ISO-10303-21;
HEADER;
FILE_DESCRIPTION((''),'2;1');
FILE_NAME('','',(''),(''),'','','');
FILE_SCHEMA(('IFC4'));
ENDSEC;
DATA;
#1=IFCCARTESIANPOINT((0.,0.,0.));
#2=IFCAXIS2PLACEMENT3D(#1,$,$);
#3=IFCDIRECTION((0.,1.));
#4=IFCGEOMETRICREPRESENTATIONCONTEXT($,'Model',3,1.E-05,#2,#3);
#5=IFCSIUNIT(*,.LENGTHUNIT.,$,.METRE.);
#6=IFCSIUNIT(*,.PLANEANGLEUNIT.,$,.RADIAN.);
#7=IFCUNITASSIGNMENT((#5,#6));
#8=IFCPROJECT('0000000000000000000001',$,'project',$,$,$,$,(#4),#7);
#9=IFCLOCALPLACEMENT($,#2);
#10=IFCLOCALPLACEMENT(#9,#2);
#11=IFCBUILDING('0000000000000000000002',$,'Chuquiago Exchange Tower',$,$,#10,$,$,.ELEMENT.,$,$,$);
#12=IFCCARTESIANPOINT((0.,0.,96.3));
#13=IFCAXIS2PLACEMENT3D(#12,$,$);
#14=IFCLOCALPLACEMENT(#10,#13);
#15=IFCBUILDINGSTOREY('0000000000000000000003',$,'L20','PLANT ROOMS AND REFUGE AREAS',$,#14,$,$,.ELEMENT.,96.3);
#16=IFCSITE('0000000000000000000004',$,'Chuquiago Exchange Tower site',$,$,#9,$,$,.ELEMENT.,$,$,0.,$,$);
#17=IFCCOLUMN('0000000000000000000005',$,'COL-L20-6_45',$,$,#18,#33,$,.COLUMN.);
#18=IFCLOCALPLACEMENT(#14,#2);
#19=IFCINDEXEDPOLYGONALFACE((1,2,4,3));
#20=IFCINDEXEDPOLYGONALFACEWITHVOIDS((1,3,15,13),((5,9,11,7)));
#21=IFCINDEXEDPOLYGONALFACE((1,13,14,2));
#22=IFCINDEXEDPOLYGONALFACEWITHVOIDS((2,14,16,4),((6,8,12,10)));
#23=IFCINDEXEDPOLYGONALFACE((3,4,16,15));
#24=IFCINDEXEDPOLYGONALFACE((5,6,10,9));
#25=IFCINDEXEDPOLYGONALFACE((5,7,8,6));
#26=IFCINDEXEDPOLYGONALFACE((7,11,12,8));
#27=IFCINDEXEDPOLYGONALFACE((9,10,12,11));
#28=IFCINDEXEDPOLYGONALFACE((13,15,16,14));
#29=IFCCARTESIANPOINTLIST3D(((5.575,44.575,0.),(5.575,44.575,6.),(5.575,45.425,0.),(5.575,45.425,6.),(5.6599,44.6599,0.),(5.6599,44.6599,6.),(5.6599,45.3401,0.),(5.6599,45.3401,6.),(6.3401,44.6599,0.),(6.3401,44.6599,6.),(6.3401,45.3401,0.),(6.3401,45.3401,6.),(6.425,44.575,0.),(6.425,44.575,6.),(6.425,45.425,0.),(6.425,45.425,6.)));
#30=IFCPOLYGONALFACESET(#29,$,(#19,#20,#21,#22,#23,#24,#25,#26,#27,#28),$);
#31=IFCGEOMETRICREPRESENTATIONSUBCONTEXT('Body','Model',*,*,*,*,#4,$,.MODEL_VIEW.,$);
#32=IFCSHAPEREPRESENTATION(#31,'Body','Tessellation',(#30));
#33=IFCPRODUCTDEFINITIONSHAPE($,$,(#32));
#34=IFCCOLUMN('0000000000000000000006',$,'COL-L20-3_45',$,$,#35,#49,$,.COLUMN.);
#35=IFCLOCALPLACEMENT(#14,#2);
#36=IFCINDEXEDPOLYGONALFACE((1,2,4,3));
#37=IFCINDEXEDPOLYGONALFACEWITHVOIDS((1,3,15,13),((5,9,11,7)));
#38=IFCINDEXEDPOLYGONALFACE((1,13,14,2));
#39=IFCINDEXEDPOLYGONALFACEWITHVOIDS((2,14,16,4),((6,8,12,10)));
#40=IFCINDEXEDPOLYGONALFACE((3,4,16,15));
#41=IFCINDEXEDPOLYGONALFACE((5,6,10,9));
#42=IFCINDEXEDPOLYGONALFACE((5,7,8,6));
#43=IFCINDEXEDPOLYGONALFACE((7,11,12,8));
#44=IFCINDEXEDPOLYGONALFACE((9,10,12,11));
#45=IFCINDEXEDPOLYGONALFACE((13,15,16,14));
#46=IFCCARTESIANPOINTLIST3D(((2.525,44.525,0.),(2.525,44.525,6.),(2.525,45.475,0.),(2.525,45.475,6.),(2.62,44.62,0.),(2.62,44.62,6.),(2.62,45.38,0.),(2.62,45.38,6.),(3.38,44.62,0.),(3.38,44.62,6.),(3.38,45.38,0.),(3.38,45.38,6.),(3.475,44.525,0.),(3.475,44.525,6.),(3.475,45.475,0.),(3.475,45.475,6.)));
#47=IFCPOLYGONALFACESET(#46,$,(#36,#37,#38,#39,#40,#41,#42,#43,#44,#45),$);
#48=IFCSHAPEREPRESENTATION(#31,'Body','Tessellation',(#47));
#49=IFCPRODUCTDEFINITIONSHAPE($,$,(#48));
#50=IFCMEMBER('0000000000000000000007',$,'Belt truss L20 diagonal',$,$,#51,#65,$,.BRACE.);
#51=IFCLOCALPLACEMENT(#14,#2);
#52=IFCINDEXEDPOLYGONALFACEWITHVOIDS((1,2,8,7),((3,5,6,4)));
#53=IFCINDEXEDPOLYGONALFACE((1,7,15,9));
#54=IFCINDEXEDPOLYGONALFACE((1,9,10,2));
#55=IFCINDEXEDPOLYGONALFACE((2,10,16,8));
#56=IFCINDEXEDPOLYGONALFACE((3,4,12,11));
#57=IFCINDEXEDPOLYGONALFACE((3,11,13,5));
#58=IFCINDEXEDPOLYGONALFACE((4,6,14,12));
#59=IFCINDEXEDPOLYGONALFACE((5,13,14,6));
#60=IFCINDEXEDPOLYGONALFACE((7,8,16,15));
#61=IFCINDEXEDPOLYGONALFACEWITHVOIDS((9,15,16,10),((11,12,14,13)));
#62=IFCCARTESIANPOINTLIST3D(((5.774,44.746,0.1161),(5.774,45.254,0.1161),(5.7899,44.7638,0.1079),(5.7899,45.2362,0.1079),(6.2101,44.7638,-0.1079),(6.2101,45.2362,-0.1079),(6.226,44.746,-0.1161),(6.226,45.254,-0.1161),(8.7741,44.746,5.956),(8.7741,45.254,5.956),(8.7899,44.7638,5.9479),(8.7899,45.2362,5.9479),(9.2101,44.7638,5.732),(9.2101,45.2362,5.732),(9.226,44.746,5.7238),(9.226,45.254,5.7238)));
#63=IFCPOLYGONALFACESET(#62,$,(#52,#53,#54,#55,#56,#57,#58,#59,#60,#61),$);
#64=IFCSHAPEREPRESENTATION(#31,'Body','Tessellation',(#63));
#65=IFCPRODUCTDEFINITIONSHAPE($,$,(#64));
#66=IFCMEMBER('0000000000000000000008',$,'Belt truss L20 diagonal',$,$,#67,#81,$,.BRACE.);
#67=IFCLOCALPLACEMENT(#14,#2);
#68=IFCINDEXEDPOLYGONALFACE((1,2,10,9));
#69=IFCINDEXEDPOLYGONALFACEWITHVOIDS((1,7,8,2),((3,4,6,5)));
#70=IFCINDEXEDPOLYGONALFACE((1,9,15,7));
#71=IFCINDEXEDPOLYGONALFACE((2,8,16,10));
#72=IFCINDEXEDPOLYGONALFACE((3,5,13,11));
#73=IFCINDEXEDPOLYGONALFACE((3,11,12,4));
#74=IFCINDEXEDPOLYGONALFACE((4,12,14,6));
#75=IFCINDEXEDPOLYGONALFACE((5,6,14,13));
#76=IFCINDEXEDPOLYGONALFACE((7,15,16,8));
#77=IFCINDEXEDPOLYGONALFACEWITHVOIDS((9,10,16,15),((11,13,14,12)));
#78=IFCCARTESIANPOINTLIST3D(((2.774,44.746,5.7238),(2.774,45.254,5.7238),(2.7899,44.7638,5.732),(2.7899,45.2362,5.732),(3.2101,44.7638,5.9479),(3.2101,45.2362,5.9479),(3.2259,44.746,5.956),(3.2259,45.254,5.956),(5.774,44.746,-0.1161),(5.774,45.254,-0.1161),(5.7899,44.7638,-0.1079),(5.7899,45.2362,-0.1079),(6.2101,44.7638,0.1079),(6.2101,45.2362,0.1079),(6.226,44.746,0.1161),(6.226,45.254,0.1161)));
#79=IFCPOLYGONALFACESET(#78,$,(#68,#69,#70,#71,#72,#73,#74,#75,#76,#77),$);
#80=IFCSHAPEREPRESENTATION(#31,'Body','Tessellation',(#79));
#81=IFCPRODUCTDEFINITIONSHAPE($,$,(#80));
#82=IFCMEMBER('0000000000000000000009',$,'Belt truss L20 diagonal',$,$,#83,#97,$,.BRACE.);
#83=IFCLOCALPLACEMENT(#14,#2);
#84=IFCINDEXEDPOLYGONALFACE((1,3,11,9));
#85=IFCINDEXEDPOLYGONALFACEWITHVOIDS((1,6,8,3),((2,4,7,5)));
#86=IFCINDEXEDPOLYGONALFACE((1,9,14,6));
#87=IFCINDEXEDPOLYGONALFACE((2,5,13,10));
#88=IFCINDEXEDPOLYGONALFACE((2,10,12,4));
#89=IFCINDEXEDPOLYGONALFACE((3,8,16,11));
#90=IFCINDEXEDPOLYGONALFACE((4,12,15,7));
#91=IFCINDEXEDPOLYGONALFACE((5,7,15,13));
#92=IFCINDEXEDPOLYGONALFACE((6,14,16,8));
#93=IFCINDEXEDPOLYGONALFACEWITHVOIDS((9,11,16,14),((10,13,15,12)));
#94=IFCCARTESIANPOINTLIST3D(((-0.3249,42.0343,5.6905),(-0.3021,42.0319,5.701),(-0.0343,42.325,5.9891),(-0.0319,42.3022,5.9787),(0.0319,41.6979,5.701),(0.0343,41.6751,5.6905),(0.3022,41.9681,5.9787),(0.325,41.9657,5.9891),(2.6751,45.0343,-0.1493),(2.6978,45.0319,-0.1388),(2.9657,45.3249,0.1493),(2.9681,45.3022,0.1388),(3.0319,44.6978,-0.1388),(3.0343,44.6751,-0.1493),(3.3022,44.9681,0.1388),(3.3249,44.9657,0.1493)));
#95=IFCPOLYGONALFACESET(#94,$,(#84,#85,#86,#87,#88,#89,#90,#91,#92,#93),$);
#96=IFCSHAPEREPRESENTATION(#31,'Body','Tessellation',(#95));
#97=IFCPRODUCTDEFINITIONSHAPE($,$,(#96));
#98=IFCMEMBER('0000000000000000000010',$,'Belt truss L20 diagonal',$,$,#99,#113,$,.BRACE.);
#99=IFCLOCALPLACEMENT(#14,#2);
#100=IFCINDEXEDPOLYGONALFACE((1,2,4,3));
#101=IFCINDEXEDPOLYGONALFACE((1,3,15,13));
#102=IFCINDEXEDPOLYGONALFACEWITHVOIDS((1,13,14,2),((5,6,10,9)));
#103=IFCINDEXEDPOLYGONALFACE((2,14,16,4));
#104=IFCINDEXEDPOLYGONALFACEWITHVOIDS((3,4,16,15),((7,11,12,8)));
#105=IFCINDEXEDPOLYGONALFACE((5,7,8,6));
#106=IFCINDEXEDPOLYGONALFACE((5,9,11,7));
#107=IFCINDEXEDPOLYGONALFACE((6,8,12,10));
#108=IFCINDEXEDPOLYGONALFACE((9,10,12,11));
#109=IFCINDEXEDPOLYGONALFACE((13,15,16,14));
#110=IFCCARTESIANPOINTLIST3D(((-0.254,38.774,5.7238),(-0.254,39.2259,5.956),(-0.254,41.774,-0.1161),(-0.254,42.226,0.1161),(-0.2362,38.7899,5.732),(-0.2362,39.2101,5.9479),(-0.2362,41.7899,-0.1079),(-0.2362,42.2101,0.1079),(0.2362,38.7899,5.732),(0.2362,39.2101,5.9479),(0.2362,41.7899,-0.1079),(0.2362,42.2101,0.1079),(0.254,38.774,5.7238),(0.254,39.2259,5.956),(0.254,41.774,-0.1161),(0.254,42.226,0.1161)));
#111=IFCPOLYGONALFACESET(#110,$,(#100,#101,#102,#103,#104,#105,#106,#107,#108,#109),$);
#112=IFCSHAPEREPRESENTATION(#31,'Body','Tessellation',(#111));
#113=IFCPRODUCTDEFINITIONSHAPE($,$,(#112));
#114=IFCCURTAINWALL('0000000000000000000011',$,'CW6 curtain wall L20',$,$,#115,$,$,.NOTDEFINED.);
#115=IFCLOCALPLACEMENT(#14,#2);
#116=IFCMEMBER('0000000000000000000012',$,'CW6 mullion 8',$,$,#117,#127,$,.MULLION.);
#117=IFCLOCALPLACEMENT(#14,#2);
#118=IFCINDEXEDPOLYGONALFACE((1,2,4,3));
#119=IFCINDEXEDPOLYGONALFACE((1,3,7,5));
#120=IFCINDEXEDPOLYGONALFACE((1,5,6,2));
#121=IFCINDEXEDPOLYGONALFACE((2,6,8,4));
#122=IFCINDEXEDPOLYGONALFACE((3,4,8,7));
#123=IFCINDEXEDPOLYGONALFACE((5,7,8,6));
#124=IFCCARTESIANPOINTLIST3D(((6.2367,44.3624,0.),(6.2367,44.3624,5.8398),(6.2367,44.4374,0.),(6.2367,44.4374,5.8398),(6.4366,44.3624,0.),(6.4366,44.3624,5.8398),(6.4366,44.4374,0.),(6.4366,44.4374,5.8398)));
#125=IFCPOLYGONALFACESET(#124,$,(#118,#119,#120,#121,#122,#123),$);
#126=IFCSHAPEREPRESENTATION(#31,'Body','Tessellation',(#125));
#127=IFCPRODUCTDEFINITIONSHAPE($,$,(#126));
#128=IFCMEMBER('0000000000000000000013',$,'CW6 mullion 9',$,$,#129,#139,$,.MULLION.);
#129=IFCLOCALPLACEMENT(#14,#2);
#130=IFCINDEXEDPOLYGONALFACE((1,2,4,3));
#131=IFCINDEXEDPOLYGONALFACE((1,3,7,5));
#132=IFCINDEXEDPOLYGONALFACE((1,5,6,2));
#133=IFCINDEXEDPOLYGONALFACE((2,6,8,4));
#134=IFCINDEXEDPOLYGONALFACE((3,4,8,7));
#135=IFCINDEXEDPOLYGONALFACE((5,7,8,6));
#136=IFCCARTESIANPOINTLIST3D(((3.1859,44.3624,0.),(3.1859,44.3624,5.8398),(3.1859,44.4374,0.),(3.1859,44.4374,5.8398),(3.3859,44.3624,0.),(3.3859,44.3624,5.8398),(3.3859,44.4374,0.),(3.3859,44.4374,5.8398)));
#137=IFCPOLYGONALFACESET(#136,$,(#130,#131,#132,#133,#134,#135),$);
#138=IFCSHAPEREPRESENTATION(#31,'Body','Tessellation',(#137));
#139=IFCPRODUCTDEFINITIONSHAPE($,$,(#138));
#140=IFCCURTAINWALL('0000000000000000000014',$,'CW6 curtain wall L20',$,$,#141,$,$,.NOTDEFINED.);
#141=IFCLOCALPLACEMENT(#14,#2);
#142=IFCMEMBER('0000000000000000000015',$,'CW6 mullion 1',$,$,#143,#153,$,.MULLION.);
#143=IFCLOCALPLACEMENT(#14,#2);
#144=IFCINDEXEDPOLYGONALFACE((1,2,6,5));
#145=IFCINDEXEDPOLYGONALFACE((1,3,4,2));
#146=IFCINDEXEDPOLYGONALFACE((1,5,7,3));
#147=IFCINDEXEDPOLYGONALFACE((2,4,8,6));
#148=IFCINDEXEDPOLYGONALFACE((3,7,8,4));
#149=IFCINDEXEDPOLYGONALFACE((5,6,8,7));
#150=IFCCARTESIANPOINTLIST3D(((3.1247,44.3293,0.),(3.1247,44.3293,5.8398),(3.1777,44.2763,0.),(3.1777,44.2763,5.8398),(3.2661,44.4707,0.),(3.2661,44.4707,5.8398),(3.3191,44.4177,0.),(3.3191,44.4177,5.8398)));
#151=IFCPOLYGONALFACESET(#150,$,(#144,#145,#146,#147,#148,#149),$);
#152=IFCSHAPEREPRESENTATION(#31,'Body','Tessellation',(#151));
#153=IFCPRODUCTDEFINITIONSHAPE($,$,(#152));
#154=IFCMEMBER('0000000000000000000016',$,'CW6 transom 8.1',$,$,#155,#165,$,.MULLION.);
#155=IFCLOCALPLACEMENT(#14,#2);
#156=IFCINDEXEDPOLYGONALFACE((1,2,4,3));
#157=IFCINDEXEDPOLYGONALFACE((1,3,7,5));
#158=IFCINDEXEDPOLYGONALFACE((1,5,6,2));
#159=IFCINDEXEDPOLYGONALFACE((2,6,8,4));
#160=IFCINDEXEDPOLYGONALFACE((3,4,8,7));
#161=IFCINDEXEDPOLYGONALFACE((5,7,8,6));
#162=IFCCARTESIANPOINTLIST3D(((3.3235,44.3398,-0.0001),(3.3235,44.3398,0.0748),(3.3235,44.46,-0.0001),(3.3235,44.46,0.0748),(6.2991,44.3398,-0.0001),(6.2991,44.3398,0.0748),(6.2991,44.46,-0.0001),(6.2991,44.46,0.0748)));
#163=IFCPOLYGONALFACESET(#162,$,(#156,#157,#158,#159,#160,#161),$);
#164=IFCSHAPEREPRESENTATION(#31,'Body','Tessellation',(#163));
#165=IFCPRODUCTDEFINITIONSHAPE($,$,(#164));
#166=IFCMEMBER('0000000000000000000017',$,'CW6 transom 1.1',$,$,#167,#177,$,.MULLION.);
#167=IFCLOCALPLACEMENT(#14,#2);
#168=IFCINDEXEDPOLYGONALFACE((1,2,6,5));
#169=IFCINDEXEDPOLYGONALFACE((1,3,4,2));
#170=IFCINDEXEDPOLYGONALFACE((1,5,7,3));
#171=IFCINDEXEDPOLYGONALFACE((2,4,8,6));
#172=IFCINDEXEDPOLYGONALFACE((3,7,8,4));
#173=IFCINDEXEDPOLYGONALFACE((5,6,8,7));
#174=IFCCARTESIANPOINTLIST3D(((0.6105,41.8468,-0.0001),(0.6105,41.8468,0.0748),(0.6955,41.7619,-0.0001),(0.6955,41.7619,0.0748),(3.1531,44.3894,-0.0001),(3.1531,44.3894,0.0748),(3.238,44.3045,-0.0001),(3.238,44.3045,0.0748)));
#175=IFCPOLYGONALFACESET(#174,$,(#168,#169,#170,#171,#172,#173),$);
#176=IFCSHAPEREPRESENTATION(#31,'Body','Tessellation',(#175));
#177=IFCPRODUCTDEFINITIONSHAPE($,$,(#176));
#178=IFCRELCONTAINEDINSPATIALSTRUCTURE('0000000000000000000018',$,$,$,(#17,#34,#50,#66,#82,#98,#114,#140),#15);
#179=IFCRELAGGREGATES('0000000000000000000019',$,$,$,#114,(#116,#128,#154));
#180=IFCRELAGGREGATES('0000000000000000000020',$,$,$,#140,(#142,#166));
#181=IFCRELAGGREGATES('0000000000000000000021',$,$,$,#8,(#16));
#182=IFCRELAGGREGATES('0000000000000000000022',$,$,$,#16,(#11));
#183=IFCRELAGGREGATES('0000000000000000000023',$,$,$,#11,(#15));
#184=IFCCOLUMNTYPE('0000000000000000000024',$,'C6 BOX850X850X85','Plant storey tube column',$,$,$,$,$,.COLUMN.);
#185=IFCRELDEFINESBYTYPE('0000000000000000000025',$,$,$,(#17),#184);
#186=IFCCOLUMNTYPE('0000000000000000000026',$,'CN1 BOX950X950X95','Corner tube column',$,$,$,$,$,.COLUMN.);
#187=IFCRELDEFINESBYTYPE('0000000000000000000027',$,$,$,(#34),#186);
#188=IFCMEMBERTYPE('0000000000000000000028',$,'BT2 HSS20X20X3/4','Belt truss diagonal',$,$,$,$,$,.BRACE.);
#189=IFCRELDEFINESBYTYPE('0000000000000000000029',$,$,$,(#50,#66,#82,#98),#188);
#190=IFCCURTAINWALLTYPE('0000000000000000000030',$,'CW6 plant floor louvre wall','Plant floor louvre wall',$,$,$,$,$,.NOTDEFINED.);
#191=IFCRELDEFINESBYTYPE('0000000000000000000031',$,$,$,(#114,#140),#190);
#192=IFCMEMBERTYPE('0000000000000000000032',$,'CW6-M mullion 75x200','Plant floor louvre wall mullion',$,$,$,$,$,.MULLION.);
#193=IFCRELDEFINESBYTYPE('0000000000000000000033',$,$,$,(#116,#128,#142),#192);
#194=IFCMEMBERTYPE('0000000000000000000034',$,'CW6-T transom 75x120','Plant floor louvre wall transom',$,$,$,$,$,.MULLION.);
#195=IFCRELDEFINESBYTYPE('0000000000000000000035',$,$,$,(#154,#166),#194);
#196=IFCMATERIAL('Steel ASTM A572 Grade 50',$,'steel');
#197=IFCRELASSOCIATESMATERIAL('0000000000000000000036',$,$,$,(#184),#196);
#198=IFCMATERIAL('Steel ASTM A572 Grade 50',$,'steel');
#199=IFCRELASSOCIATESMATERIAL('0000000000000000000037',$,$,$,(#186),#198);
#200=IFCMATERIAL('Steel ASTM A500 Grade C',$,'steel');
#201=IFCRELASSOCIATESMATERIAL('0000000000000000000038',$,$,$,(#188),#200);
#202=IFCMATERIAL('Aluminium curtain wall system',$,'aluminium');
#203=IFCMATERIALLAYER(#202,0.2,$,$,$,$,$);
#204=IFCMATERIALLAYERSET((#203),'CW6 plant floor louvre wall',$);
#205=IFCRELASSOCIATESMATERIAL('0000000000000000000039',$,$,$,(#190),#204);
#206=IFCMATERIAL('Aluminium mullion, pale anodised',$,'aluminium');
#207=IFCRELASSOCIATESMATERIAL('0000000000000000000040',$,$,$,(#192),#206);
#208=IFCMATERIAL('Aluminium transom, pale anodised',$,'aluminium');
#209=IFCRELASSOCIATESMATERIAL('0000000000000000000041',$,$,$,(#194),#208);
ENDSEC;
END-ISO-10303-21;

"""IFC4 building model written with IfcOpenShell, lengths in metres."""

from ifc_helpers import new_model, si_unit, direction, frame, origin, origin_2d, place, context, subcontext, project, spatial, rectangle, hollow_rectangle, extrude, material, layer, layer_set, material_profile, profile_set, type_object, element, aggregate, save


model = new_model("IFC4")

# Units and contexts
model_context = context("Model", 3, precision=1e-05, world=origin(), true_north=direction((0.0, 1.0)))
body_context = subcontext(model_context, "Body", "Model", "MODEL_VIEW")
ifc_project = project(units=[si_unit("LENGTHUNIT", "METRE"), si_unit("PLANEANGLEUNIT", "RADIAN")], contexts=[model_context])

# Site, building, storey
site_placement = place(None, origin())
site = spatial("IfcSite", under=ifc_project, at=site_placement, Name="Chuquiago Exchange Tower site", CompositionType="ELEMENT", RefElevation=0.0)
building_placement = place(site_placement, origin())
building = spatial("IfcBuilding", under=site, at=building_placement, Name="Chuquiago Exchange Tower", CompositionType="ELEMENT")
storey_placement = place(building_placement, frame((0.0, 0.0, 96.3)))
storey = spatial("IfcBuildingStorey", under=building, at=storey_placement, Name="L20", Description="PLANT ROOMS AND REFUGE AREAS", CompositionType="ELEMENT", Elevation=96.3)

# Columns
ifc_material_1 = material(Name="Steel ASTM A572 Grade 50", Category="steel")
ifc_material_profile_1 = material_profile(ifc_material_1, hollow_rectangle(XDim=0.8501, YDim=0.8501, WallThickness=0.085, at=origin_2d()), Name="BOX850X850X85")
ifc_profile_set_1 = profile_set([ifc_material_profile_1], Name="Steel ASTM A572 Grade 50")
column_type_1 = type_object("IfcColumnType", Name="C6 BOX850X850X85", Description="Plant storey tube column", PredefinedType="COLUMN", material=ifc_profile_set_1)
column_1_placement = place(storey_placement, frame((6.0, 45.0, 0.0), z_axis=(0.0, 0.0, 1.0), x_axis=(0.0, 1.0, 0.0)))
element("IfcColumn", 1, at=column_1_placement, inside=storey, type_object=column_type_1, Name="COL-L20-6_45", PredefinedType="COLUMN", context=body_context, shape_type="SweptSolid", body=[
    extrude(hollow_rectangle(XDim=0.8501, YDim=0.8501, WallThickness=0.085, at=origin_2d()), origin(), (0.0, 0.0, 1.0), 6.0),
])
ifc_material_2 = material(Name="Steel ASTM A572 Grade 50", Category="steel")
ifc_material_profile_2 = material_profile(ifc_material_2, hollow_rectangle(XDim=0.95, YDim=0.95, WallThickness=0.095, at=origin_2d()), Name="BOX950X950X95")
ifc_profile_set_2 = profile_set([ifc_material_profile_2], Name="Steel ASTM A572 Grade 50")
column_type_2 = type_object("IfcColumnType", Name="CN1 BOX950X950X95", Description="Corner tube column", PredefinedType="COLUMN", material=ifc_profile_set_2)
column_2_placement = place(storey_placement, frame((3.0, 45.0, 0.0), z_axis=(0.0, 0.0, 1.0), x_axis=(0.0, 1.0, 0.0)))
element("IfcColumn", 2, at=column_2_placement, inside=storey, type_object=column_type_2, Name="COL-L20-3_45", PredefinedType="COLUMN", context=body_context, shape_type="SweptSolid", body=[
    extrude(hollow_rectangle(XDim=0.95, YDim=0.95, WallThickness=0.095, at=origin_2d()), origin(), (0.0, 0.0, 1.0), 6.0),
])

# Members
ifc_material_3 = material(Name="Steel ASTM A500 Grade C", Category="steel")
ifc_material_profile_3 = material_profile(ifc_material_3, hollow_rectangle(XDim=0.5081, YDim=0.5081, WallThickness=0.0178, at=origin_2d()), Name="HSS20X20X3/4")
ifc_profile_set_3 = profile_set([ifc_material_profile_3], Name="Steel ASTM A500 Grade C")
member_type_1 = type_object("IfcMemberType", Name="BT2 HSS20X20X3/4", Description="Belt truss diagonal", PredefinedType="BRACE", material=ifc_profile_set_3)
for number, where, z_axis, x_axis, name in (
    (3, (6.0, 45.0, 0.0), (0.456945, 0.0, 0.889495), (0.0, 1.0, 0.0), "Belt truss L20 diagonal"),
    (4, (6.0, 45.0, 0.0), (-0.456945, 0.0, 0.889495), (0.0, -1.0, 0.0), "Belt truss L20 diagonal"),
):
    element("IfcMember", number, at=place(storey_placement, frame(where, z_axis=z_axis, x_axis=x_axis)), inside=storey, type_object=member_type_1, Name=name, PredefinedType="BRACE", context=body_context, shape_type="SweptSolid", body=[
        extrude(hollow_rectangle(XDim=0.5081, YDim=0.5081, WallThickness=0.0178, at=origin_2d()), origin(), (0.0, 0.0, 1.0), 6.5654),
    ])
member_1_placement = place(storey_placement, frame((3.0, 45.0, 0.0), z_axis=(-0.415611, -0.415611, 0.809034), x_axis=(0.707107, -0.707107, 0.0)))
element("IfcMember", 5, at=member_1_placement, inside=storey, type_object=member_type_1, Name="Belt truss L20 diagonal", PredefinedType="BRACE", context=body_context, shape_type="SweptSolid", body=[
    extrude(hollow_rectangle(XDim=0.5081, YDim=0.5081, WallThickness=0.0178, at=origin_2d()), origin(), (0.0, 0.0, 1.0), 7.2183),
])
member_2_placement = place(storey_placement, frame((0.0, 42.0, 0.0), z_axis=(0.0, -0.456945, 0.889495), x_axis=(1.0, 0.0, 0.0)))
element("IfcMember", 6, at=member_2_placement, inside=storey, type_object=member_type_1, Name="Belt truss L20 diagonal", PredefinedType="BRACE", context=body_context, shape_type="SweptSolid", body=[
    extrude(hollow_rectangle(XDim=0.5081, YDim=0.5081, WallThickness=0.0178, at=origin_2d()), origin(), (0.0, 0.0, 1.0), 6.5654),
])

# Curtain wall, members
ifc_material_4 = material(Name="Aluminium curtain wall system", Category="aluminium")
ifc_layer_1 = layer(ifc_material_4, 0.2)
ifc_layer_set_1 = layer_set([ifc_layer_1], Name="CW6 plant floor louvre wall")
curtain_wall_type = type_object("IfcCurtainWallType", Name="CW6 plant floor louvre wall", Description="Plant floor louvre wall", PredefinedType="NOTDEFINED", material=ifc_layer_set_1)
curtain_wall_1_placement = place(storey_placement, origin())
curtain_wall_1 = element("IfcCurtainWall", 7, at=curtain_wall_1_placement, inside=storey, type_object=curtain_wall_type, Name="CW6 curtain wall L20", PredefinedType="NOTDEFINED")
ifc_material_5 = material(Name="Aluminium mullion, pale anodised", Category="aluminium")
ifc_material_profile_4 = material_profile(ifc_material_5, rectangle(XDim=0.075, YDim=0.2, at=origin_2d()), Name="AL 75x200")
ifc_profile_set_4 = profile_set([ifc_material_profile_4], Name="Aluminium mullion, pale anodised")
member_type_2 = type_object("IfcMemberType", Name="CW6-M mullion 75x200", Description="Plant floor louvre wall mullion", PredefinedType="MULLION", material=ifc_profile_set_4)
member_3_placement = place(storey_placement, frame((6.3367, 44.3999, 0.0), z_axis=(0.0, 0.0, 1.0), x_axis=(0.0, -1.0, 0.0)))
member_3 = element("IfcMember", 8, at=member_3_placement, type_object=member_type_2, Name="CW6 mullion 8", PredefinedType="MULLION", context=body_context, shape_type="SweptSolid", body=[
    extrude(rectangle(XDim=0.075, YDim=0.2, at=origin_2d()), origin(), (0.0, 0.0, 1.0), 5.8398),
])
member_4_placement = place(storey_placement, frame((3.2859, 44.3999, 0.0), z_axis=(0.0, 0.0, 1.0), x_axis=(0.0, -1.0, 0.0)))
member_4 = element("IfcMember", 9, at=member_4_placement, type_object=member_type_2, Name="CW6 mullion 9", PredefinedType="MULLION", context=body_context, shape_type="SweptSolid", body=[
    extrude(rectangle(XDim=0.075, YDim=0.2, at=origin_2d()), origin(), (0.0, 0.0, 1.0), 5.8398),
])

# Curtain wall, member
curtain_wall_2_placement = place(storey_placement, origin())
curtain_wall_2 = element("IfcCurtainWall", 10, at=curtain_wall_2_placement, inside=storey, type_object=curtain_wall_type, Name="CW6 curtain wall L20", PredefinedType="NOTDEFINED")
member_5_placement = place(storey_placement, frame((3.2219, 44.3735, 0.0), z_axis=(0.0, 0.0, 1.0), x_axis=(0.707107, -0.707107, 0.0)))
member_5 = element("IfcMember", 11, at=member_5_placement, type_object=member_type_2, Name="CW6 mullion 1", PredefinedType="MULLION", context=body_context, shape_type="SweptSolid", body=[
    extrude(rectangle(XDim=0.075, YDim=0.2, at=origin_2d()), origin(), (0.0, 0.0, 1.0), 5.8398),
])

# Members
ifc_material_6 = material(Name="Aluminium transom, pale anodised", Category="aluminium")
ifc_material_profile_5 = material_profile(ifc_material_6, rectangle(XDim=0.1201, YDim=0.075, at=origin_2d()), Name="AL 120x75")
ifc_profile_set_5 = profile_set([ifc_material_profile_5], Name="Aluminium transom, pale anodised")
member_type_3 = type_object("IfcMemberType", Name="CW6-T transom 75x120", Description="Plant floor louvre wall transom", PredefinedType="MULLION", material=ifc_profile_set_5)
member_6_placement = place(storey_placement, frame((6.2991, 44.3999, 0.0374), z_axis=(-1.0, 0.0, 0.0), x_axis=(0.0, -1.0, 0.0)))
member_6 = element("IfcMember", 12, at=member_6_placement, type_object=member_type_3, Name="CW6 transom 8.1", PredefinedType="MULLION", context=body_context, shape_type="SweptSolid", body=[
    extrude(rectangle(XDim=0.1201, YDim=0.075, at=origin_2d()), origin(), (0.0, 0.0, 1.0), 2.9756),
])
member_7_placement = place(storey_placement, frame((3.1956, 44.3469, 0.0374), z_axis=(-0.707107, -0.707107, 0.0), x_axis=(0.707107, -0.707107, 0.0)))
member_7 = element("IfcMember", 13, at=member_7_placement, type_object=member_type_3, Name="CW6 transom 1.1", PredefinedType="MULLION", context=body_context, shape_type="SweptSolid", body=[
    extrude(rectangle(XDim=0.1201, YDim=0.075, at=origin_2d()), origin(), (0.0, 0.0, 1.0), 3.5957),
])

aggregate(curtain_wall_1, [member_3, member_4, member_6])
aggregate(curtain_wall_2, [member_5, member_7])

save(model, "model.ifc")
